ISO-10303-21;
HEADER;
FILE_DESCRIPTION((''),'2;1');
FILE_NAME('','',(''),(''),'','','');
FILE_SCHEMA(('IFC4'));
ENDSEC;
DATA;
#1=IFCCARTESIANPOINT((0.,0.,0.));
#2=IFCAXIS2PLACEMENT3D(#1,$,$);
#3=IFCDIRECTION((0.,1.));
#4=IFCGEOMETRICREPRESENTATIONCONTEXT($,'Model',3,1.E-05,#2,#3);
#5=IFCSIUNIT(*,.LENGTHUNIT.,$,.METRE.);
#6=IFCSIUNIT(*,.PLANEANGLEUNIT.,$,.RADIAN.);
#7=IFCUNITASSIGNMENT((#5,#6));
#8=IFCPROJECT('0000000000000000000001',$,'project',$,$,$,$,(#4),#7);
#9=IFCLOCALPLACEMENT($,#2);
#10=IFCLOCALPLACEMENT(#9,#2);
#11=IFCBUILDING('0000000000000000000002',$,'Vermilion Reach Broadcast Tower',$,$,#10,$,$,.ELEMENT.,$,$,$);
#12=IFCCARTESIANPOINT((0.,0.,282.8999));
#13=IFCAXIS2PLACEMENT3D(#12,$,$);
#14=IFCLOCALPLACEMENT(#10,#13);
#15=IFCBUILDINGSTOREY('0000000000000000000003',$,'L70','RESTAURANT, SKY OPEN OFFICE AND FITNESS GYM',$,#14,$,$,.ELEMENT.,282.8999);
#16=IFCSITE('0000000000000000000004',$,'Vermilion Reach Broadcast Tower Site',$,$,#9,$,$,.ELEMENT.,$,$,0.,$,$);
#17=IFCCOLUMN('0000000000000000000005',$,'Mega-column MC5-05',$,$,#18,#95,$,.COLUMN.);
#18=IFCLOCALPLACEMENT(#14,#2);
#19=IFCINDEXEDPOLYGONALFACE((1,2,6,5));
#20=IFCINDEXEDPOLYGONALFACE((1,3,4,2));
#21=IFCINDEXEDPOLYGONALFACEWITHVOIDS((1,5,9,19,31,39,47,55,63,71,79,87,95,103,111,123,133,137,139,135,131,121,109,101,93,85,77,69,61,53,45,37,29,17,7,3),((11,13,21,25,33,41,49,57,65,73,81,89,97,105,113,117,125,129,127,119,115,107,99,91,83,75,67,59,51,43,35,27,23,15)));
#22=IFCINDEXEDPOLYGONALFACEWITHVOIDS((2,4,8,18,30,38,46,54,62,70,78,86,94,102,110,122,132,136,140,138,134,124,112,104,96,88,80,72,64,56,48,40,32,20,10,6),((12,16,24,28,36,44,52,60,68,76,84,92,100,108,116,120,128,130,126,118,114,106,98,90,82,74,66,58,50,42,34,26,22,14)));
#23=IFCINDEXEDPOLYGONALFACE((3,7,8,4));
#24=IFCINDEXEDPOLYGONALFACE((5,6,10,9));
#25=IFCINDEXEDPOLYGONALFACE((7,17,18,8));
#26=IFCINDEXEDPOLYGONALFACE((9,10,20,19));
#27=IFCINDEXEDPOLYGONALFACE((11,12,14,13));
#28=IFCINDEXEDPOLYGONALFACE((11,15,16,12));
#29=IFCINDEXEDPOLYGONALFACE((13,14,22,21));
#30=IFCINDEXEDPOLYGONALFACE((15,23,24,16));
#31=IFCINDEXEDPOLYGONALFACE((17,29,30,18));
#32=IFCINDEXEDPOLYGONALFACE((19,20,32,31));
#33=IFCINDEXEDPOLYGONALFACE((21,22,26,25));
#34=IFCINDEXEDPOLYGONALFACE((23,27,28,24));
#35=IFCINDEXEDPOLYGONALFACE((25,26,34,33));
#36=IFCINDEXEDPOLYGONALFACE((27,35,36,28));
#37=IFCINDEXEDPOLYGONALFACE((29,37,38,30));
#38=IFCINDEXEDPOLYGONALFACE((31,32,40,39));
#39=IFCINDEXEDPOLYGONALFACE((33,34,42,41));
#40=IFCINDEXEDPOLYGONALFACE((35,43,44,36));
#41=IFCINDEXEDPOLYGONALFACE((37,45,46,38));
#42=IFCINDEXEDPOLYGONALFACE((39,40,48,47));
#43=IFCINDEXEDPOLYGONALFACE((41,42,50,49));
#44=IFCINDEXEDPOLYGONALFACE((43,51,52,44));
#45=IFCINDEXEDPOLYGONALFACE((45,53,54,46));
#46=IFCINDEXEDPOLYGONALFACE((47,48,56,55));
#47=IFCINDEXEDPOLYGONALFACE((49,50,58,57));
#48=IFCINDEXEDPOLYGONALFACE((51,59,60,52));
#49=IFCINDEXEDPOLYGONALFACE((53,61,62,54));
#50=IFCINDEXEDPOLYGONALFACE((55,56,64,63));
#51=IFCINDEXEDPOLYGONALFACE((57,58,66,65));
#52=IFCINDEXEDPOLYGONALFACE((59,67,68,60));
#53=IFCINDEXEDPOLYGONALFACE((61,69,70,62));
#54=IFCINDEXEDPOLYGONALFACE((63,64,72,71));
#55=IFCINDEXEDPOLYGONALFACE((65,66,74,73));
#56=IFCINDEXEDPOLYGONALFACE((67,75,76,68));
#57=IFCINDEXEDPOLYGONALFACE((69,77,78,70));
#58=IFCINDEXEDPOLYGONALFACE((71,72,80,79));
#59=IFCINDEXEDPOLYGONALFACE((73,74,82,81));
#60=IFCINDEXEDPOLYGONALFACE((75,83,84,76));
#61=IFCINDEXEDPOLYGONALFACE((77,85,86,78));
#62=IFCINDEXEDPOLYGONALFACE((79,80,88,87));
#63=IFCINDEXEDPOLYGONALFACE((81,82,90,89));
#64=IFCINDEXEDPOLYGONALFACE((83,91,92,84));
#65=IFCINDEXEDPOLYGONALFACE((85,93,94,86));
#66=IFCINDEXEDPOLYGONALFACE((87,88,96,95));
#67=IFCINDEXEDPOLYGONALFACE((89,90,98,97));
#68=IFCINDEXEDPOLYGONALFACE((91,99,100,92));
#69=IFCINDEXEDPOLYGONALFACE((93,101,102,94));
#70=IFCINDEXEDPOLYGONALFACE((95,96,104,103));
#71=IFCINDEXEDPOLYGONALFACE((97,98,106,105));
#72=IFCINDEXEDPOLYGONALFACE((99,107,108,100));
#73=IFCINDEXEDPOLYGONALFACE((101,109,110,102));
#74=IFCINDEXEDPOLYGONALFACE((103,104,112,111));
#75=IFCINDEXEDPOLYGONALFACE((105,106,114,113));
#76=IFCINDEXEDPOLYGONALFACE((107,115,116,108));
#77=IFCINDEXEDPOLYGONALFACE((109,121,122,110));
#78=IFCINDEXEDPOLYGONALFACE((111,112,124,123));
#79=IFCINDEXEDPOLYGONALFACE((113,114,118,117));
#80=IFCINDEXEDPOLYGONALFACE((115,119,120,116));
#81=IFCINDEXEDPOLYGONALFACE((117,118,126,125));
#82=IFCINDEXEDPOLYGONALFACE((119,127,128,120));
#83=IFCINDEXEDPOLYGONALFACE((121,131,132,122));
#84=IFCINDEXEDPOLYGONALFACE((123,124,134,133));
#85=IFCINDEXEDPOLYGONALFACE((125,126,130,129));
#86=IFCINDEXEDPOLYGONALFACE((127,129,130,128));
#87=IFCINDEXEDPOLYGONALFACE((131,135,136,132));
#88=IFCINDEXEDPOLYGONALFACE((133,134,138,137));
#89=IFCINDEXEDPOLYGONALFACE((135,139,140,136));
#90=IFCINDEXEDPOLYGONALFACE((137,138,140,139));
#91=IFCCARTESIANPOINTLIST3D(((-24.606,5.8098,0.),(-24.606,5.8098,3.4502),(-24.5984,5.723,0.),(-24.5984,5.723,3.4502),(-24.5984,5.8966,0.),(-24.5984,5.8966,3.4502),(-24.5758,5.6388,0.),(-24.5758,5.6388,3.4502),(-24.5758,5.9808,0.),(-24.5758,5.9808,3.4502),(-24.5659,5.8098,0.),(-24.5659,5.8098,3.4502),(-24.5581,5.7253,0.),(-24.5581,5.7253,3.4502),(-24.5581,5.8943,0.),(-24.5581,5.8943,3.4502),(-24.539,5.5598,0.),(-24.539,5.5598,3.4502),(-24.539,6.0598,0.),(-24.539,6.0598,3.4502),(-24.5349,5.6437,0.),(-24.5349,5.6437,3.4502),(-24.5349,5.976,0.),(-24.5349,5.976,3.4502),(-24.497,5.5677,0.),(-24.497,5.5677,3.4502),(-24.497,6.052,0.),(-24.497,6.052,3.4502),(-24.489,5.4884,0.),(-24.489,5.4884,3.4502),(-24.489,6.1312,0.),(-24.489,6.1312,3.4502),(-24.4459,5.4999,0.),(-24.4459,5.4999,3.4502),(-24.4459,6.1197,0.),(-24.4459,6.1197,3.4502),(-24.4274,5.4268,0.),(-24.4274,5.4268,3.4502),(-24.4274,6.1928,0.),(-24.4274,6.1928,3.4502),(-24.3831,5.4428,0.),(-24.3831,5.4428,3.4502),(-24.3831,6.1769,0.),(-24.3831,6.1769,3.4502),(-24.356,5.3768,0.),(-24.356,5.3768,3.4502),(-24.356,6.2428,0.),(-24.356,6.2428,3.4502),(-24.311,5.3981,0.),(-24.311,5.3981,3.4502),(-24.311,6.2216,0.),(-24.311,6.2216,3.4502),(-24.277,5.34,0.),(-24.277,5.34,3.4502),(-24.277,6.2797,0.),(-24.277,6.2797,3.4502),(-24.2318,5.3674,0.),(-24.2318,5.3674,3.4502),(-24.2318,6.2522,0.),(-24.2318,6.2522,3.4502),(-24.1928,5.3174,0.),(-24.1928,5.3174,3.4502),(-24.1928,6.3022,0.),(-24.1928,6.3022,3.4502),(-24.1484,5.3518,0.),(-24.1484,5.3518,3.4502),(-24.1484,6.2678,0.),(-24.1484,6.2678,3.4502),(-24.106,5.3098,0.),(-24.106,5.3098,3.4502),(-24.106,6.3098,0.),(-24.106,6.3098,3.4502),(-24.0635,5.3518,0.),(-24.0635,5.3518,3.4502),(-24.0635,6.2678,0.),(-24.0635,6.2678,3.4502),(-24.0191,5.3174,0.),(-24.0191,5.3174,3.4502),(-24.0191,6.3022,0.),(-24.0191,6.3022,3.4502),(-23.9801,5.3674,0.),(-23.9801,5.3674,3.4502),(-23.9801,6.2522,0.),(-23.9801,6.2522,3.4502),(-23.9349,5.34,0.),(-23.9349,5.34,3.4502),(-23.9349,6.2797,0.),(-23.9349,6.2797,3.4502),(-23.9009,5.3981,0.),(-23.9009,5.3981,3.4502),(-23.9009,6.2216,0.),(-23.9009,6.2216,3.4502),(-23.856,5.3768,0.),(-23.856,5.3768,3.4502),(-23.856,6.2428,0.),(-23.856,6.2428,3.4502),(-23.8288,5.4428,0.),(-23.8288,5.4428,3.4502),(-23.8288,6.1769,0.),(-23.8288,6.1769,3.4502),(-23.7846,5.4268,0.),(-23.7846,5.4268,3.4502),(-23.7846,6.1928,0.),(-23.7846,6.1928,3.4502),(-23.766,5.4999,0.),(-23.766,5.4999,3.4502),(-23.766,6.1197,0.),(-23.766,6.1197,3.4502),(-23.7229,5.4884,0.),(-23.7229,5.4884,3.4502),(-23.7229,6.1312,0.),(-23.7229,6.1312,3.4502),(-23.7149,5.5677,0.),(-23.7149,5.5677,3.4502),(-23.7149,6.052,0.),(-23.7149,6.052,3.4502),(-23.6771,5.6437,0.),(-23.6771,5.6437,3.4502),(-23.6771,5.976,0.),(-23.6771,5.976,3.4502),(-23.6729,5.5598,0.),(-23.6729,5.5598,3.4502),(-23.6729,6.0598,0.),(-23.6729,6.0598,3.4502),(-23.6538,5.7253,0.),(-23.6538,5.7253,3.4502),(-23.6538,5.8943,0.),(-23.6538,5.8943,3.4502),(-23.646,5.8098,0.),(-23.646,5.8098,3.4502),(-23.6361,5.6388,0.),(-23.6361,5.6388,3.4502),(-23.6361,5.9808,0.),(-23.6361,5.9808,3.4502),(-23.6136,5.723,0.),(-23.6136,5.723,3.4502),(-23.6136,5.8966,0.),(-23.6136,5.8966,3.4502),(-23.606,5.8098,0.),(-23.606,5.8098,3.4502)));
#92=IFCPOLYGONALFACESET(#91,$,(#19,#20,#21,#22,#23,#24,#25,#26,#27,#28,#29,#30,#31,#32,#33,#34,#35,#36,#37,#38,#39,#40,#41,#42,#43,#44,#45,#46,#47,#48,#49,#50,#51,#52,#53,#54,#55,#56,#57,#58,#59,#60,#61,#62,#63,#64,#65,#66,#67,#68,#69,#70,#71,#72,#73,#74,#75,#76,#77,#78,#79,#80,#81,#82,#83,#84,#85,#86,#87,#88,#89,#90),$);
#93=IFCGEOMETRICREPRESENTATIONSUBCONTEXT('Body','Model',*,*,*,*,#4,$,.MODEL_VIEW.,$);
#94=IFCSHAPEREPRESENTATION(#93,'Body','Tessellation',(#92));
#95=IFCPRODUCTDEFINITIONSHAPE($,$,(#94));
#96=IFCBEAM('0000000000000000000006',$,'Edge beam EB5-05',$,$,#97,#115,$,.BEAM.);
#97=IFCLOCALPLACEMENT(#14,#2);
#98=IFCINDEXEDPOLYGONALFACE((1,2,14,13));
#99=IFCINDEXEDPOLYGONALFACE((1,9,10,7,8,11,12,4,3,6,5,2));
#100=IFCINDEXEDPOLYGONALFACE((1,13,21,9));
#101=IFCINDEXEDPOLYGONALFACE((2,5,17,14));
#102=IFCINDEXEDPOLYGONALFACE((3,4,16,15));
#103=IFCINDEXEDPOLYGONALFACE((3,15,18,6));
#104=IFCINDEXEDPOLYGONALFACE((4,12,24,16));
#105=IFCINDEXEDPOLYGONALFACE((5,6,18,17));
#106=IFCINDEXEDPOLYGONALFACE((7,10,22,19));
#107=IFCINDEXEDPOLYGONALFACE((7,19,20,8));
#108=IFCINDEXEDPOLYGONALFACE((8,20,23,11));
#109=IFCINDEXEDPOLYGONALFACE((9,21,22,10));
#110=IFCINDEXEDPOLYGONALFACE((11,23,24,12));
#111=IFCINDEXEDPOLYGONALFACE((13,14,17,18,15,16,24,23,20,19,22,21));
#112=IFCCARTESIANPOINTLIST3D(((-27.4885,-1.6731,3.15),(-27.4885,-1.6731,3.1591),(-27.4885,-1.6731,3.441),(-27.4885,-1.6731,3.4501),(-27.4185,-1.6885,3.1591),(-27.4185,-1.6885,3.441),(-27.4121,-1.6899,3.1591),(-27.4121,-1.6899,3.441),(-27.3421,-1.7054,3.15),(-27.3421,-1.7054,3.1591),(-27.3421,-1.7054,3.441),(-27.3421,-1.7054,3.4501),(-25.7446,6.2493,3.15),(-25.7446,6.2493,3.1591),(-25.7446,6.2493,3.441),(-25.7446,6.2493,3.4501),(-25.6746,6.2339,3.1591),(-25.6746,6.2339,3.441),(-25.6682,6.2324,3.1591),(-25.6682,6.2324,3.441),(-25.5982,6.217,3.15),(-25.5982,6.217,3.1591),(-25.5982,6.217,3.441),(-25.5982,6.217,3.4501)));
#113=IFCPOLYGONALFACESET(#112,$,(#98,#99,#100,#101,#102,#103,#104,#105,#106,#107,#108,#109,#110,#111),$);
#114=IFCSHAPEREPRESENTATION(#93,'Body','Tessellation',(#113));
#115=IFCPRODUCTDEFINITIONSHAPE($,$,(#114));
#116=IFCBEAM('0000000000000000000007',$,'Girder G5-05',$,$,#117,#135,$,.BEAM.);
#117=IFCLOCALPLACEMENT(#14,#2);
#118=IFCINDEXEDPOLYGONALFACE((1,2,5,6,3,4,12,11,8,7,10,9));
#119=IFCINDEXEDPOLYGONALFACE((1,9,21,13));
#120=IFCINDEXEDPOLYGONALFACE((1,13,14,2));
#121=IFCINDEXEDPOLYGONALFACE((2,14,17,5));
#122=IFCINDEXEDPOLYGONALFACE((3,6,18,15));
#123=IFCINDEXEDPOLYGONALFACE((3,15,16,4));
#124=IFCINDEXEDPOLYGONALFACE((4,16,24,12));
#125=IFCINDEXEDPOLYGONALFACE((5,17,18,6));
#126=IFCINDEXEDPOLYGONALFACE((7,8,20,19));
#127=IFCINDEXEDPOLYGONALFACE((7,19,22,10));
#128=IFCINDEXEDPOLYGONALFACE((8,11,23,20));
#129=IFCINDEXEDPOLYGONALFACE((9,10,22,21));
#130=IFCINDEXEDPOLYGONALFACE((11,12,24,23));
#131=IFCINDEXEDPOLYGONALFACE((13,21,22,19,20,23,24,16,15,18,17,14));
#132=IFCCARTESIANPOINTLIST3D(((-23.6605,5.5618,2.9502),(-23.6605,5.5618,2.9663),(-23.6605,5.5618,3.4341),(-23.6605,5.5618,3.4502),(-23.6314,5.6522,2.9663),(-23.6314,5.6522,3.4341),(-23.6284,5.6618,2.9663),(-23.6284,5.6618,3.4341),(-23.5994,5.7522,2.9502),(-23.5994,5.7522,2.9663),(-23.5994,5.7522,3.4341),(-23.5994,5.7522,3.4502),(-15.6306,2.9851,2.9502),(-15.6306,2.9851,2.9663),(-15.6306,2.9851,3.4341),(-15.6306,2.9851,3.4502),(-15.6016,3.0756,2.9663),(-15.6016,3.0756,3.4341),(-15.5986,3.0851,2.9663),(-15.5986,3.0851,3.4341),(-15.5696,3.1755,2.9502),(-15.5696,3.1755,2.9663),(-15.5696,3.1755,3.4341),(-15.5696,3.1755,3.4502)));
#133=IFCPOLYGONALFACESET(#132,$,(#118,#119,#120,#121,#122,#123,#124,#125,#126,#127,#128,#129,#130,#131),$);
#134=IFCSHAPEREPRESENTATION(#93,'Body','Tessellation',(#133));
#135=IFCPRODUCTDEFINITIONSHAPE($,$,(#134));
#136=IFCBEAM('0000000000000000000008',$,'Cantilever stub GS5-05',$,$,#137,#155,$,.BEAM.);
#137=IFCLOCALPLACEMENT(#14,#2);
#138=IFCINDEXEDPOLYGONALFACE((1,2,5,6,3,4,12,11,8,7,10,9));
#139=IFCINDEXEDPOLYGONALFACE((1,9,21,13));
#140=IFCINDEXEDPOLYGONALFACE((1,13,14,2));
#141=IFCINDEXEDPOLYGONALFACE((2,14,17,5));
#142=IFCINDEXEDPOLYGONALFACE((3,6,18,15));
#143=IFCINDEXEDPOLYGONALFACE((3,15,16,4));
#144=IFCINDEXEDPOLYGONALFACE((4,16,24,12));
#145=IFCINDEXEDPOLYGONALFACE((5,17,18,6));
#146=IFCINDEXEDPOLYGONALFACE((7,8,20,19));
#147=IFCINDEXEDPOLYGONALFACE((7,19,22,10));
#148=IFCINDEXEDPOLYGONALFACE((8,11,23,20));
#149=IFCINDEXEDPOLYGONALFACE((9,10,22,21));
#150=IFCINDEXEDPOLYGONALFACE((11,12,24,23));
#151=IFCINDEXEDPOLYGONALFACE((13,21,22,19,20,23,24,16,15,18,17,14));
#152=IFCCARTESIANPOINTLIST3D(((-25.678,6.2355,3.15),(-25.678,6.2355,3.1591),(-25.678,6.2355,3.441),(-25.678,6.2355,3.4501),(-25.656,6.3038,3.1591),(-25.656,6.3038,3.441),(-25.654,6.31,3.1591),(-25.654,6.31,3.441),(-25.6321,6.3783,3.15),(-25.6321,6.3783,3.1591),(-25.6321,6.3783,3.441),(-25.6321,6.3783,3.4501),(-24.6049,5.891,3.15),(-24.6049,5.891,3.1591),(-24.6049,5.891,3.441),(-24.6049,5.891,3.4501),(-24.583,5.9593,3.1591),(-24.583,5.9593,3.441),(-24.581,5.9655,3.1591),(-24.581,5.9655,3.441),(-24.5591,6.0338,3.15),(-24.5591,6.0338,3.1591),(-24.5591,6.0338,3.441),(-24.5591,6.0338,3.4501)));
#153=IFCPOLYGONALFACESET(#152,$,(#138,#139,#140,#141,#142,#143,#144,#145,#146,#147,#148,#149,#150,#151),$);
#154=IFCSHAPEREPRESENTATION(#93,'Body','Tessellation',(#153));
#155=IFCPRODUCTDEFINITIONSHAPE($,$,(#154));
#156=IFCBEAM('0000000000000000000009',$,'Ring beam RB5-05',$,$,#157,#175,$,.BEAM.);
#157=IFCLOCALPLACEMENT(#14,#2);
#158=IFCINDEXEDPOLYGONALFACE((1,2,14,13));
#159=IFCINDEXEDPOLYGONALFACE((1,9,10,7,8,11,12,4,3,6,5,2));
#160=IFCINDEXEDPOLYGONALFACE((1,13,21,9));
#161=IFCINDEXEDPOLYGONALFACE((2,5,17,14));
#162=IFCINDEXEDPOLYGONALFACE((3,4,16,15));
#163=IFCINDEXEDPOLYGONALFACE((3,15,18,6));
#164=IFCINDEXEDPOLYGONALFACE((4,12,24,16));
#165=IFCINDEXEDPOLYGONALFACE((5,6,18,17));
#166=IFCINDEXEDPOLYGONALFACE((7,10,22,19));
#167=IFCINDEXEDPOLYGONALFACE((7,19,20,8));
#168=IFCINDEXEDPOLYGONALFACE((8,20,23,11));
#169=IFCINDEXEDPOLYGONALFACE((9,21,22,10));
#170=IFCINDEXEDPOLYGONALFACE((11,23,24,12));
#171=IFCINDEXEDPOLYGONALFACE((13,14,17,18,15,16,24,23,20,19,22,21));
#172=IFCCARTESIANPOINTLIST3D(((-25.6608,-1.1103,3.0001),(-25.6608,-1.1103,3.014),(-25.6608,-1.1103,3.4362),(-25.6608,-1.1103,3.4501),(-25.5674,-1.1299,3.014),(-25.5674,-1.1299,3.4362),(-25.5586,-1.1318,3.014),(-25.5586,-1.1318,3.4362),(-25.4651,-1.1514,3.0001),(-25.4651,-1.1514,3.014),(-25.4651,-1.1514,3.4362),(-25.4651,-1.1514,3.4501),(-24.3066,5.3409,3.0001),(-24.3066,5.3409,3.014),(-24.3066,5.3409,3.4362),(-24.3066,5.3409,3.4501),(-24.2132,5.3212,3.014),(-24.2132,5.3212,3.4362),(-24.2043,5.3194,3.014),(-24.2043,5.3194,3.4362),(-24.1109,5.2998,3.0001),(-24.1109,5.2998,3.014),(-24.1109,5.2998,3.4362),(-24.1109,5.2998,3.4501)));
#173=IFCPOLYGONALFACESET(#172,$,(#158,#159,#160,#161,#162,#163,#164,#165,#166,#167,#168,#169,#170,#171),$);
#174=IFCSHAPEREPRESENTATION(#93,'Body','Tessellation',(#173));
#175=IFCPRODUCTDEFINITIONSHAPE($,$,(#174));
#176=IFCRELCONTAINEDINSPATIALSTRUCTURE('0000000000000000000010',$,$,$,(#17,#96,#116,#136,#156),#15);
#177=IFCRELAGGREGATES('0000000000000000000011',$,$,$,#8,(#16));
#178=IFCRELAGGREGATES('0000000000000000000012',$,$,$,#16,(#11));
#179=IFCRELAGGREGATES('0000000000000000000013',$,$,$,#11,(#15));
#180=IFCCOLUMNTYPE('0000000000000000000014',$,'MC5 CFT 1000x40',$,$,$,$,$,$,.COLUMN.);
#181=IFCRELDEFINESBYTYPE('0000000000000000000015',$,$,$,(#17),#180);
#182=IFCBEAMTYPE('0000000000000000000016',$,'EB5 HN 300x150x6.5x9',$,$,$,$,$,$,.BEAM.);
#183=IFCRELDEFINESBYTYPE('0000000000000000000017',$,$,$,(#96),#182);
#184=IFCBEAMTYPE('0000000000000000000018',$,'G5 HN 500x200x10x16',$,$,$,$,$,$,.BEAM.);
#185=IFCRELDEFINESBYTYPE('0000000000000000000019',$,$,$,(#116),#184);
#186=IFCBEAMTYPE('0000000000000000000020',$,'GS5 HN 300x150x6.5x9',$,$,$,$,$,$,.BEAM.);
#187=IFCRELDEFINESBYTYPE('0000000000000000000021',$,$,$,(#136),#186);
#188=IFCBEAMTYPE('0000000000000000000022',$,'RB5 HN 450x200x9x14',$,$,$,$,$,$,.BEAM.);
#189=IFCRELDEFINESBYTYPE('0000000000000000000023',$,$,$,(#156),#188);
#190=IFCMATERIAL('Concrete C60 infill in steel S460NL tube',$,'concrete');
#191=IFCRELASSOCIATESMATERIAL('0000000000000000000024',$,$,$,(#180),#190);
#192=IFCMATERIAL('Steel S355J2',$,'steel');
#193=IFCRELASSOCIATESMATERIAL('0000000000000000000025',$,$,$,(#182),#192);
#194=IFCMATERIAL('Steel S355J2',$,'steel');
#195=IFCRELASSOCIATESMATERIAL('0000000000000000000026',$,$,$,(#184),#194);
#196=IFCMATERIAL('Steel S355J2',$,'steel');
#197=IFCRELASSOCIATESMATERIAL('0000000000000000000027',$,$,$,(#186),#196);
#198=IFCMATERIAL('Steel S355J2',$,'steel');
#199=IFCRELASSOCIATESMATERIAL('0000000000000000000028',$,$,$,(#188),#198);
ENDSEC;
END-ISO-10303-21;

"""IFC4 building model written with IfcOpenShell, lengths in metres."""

from ifc_helpers import new_model, si_unit, direction, frame, origin, origin_2d, place, context, subcontext, project, spatial, hollow_circle, i_section, extrude, material, material_profile, profile_set, type_object, element, save


model = new_model("IFC4")

# Units and contexts
model_context = context("Model", 3, precision=1e-05, world=origin(), true_north=direction((0.0, 1.0)))
body_context = subcontext(model_context, "Body", "Model", "MODEL_VIEW")
ifc_project = project(units=[si_unit("LENGTHUNIT", "METRE"), si_unit("PLANEANGLEUNIT", "RADIAN")], contexts=[model_context])

# Site, building, storey
site_placement = place(None, origin())
site = spatial("IfcSite", under=ifc_project, at=site_placement, Name="Vermilion Reach Broadcast Tower Site", CompositionType="ELEMENT", RefElevation=0.0)
building_placement = place(site_placement, origin())
building = spatial("IfcBuilding", under=site, at=building_placement, Name="Vermilion Reach Broadcast Tower", CompositionType="ELEMENT")
storey_placement = place(building_placement, frame((0.0, 0.0, 282.8999)))
storey = spatial("IfcBuildingStorey", under=building, at=storey_placement, Name="L70", Description="RESTAURANT, SKY OPEN OFFICE AND FITNESS GYM", CompositionType="ELEMENT", Elevation=282.8999)

# Column
ifc_material_1 = material(Name="Concrete C60 infill in steel S460NL tube", Category="concrete")
ifc_material_profile_1 = material_profile(ifc_material_1, hollow_circle(Radius=0.5, WallThickness=0.04, at=origin_2d()), Name="Concrete C60 infill in steel S460NL tube CFT 1000x40")
ifc_profile_set_1 = profile_set([ifc_material_profile_1], Name="Concrete C60 infill in steel S460NL tube")
column_type = type_object("IfcColumnType", Name="MC5 CFT 1000x40", PredefinedType="COLUMN", material=ifc_profile_set_1)
column_placement = place(storey_placement, frame((-24.106, 5.8098, 0.0), z_axis=(0.0, 0.0, 1.0), x_axis=(1.0, 0.0, 0.0)))
element("IfcColumn", 1, at=column_placement, inside=storey, type_object=column_type, Name="Mega-column MC5-05", PredefinedType="COLUMN", context=body_context, shape_type="SweptSolid", body=[
    extrude(hollow_circle(Radius=0.5, WallThickness=0.04, at=origin_2d()), origin(), (0.0, 0.0, 1.0), 3.4502),
])

# Beams
ifc_material_2 = material(Name="Steel S355J2", Category="steel")
ifc_material_profile_2 = material_profile(ifc_material_2, i_section(OverallWidth=0.1499, OverallDepth=0.3, WebThickness=0.0066, FlangeThickness=0.009, at=origin_2d()), Name="S355J2 HN 300x150x6.5x9")
ifc_profile_set_2 = profile_set([ifc_material_profile_2], Name="Steel S355J2")
beam_type_1 = type_object("IfcBeamType", Name="EB5 HN 300x150x6.5x9", PredefinedType="BEAM", material=ifc_profile_set_2)
beam_1_placement = place(storey_placement, frame((-25.6714, 6.2332, 3.3), z_axis=(-0.214977, -0.976619, 0.0), x_axis=(0.976619, -0.214977, 0.0)))
element("IfcBeam", 2, at=beam_1_placement, inside=storey, type_object=beam_type_1, Name="Edge beam EB5-05", PredefinedType="BEAM", context=body_context, shape_type="SweptSolid", body=[
    extrude(i_section(OverallWidth=0.1499, OverallDepth=0.3, WebThickness=0.0066, FlangeThickness=0.009, at=origin_2d()), origin(), (0.0, 0.0, 1.0), 8.1121),
])
ifc_material_3 = material(Name="Steel S355J2", Category="steel")
ifc_material_profile_3 = material_profile(ifc_material_3, i_section(OverallWidth=0.2, OverallDepth=0.5, WebThickness=0.01, FlangeThickness=0.0161, at=origin_2d()), Name="S355J2 HN 500x200x10x16")
ifc_profile_set_3 = profile_set([ifc_material_profile_3], Name="Steel S355J2")
beam_type_2 = type_object("IfcBeamType", Name="G5 HN 500x200x10x16", PredefinedType="BEAM", material=ifc_profile_set_3)
beam_2_placement = place(storey_placement, frame((-15.6001, 3.0803, 3.2002), z_axis=(-0.952178, 0.305542, 0.0), x_axis=(-0.305542, -0.952178, 0.0)))
element("IfcBeam", 3, at=beam_2_placement, inside=storey, type_object=beam_type_2, Name="Girder G5-05", PredefinedType="BEAM", context=body_context, shape_type="SweptSolid", body=[
    extrude(i_section(OverallWidth=0.2, OverallDepth=0.5, WebThickness=0.01, FlangeThickness=0.0161, at=origin_2d()), origin(), (0.0, 0.0, 1.0), 8.4331),
])
ifc_material_4 = material(Name="Steel S355J2", Category="steel")
ifc_material_profile_4 = material_profile(ifc_material_4, i_section(OverallWidth=0.1499, OverallDepth=0.3, WebThickness=0.0066, FlangeThickness=0.009, at=origin_2d()), Name="S355J2 HN 300x150x6.5x9")
ifc_profile_set_4 = profile_set([ifc_material_profile_4], Name="Steel S355J2")
beam_type_3 = type_object("IfcBeamType", Name="GS5 HN 300x150x6.5x9", PredefinedType="BEAM", material=ifc_profile_set_4)
beam_3_placement = place(storey_placement, frame((-24.582, 5.9624, 3.3), z_axis=(-0.952134, 0.30568, 0.0), x_axis=(-0.30568, -0.952134, 0.0)))
element("IfcBeam", 4, at=beam_3_placement, inside=storey, type_object=beam_type_3, Name="Cantilever stub GS5-05", PredefinedType="BEAM", context=body_context, shape_type="SweptSolid", body=[
    extrude(i_section(OverallWidth=0.1499, OverallDepth=0.3, WebThickness=0.0066, FlangeThickness=0.009, at=origin_2d()), origin(), (0.0, 0.0, 1.0), 1.127),
])
ifc_material_5 = material(Name="Steel S355J2", Category="steel")
ifc_material_profile_5 = material_profile(ifc_material_5, i_section(OverallWidth=0.2, OverallDepth=0.45, WebThickness=0.009, FlangeThickness=0.0139, at=origin_2d()), Name="S355J2 HN 450x200x9x14")
ifc_profile_set_5 = profile_set([ifc_material_profile_5], Name="Steel S355J2")
beam_type_4 = type_object("IfcBeamType", Name="RB5 HN 450x200x9x14", PredefinedType="BEAM", material=ifc_profile_set_5)
beam_4_placement = place(storey_placement, frame((-24.2087, 5.3203, 3.2251), z_axis=(-0.205445, -0.978669, 0.0), x_axis=(0.978669, -0.205445, 0.0)))
element("IfcBeam", 5, at=beam_4_placement, inside=storey, type_object=beam_type_4, Name="Ring beam RB5-05", PredefinedType="BEAM", context=body_context, shape_type="SweptSolid", body=[
    extrude(i_section(OverallWidth=0.2, OverallDepth=0.45, WebThickness=0.009, FlangeThickness=0.0139, at=origin_2d()), origin(), (0.0, 0.0, 1.0), 6.5918),
])

save(model, "model.ifc")
